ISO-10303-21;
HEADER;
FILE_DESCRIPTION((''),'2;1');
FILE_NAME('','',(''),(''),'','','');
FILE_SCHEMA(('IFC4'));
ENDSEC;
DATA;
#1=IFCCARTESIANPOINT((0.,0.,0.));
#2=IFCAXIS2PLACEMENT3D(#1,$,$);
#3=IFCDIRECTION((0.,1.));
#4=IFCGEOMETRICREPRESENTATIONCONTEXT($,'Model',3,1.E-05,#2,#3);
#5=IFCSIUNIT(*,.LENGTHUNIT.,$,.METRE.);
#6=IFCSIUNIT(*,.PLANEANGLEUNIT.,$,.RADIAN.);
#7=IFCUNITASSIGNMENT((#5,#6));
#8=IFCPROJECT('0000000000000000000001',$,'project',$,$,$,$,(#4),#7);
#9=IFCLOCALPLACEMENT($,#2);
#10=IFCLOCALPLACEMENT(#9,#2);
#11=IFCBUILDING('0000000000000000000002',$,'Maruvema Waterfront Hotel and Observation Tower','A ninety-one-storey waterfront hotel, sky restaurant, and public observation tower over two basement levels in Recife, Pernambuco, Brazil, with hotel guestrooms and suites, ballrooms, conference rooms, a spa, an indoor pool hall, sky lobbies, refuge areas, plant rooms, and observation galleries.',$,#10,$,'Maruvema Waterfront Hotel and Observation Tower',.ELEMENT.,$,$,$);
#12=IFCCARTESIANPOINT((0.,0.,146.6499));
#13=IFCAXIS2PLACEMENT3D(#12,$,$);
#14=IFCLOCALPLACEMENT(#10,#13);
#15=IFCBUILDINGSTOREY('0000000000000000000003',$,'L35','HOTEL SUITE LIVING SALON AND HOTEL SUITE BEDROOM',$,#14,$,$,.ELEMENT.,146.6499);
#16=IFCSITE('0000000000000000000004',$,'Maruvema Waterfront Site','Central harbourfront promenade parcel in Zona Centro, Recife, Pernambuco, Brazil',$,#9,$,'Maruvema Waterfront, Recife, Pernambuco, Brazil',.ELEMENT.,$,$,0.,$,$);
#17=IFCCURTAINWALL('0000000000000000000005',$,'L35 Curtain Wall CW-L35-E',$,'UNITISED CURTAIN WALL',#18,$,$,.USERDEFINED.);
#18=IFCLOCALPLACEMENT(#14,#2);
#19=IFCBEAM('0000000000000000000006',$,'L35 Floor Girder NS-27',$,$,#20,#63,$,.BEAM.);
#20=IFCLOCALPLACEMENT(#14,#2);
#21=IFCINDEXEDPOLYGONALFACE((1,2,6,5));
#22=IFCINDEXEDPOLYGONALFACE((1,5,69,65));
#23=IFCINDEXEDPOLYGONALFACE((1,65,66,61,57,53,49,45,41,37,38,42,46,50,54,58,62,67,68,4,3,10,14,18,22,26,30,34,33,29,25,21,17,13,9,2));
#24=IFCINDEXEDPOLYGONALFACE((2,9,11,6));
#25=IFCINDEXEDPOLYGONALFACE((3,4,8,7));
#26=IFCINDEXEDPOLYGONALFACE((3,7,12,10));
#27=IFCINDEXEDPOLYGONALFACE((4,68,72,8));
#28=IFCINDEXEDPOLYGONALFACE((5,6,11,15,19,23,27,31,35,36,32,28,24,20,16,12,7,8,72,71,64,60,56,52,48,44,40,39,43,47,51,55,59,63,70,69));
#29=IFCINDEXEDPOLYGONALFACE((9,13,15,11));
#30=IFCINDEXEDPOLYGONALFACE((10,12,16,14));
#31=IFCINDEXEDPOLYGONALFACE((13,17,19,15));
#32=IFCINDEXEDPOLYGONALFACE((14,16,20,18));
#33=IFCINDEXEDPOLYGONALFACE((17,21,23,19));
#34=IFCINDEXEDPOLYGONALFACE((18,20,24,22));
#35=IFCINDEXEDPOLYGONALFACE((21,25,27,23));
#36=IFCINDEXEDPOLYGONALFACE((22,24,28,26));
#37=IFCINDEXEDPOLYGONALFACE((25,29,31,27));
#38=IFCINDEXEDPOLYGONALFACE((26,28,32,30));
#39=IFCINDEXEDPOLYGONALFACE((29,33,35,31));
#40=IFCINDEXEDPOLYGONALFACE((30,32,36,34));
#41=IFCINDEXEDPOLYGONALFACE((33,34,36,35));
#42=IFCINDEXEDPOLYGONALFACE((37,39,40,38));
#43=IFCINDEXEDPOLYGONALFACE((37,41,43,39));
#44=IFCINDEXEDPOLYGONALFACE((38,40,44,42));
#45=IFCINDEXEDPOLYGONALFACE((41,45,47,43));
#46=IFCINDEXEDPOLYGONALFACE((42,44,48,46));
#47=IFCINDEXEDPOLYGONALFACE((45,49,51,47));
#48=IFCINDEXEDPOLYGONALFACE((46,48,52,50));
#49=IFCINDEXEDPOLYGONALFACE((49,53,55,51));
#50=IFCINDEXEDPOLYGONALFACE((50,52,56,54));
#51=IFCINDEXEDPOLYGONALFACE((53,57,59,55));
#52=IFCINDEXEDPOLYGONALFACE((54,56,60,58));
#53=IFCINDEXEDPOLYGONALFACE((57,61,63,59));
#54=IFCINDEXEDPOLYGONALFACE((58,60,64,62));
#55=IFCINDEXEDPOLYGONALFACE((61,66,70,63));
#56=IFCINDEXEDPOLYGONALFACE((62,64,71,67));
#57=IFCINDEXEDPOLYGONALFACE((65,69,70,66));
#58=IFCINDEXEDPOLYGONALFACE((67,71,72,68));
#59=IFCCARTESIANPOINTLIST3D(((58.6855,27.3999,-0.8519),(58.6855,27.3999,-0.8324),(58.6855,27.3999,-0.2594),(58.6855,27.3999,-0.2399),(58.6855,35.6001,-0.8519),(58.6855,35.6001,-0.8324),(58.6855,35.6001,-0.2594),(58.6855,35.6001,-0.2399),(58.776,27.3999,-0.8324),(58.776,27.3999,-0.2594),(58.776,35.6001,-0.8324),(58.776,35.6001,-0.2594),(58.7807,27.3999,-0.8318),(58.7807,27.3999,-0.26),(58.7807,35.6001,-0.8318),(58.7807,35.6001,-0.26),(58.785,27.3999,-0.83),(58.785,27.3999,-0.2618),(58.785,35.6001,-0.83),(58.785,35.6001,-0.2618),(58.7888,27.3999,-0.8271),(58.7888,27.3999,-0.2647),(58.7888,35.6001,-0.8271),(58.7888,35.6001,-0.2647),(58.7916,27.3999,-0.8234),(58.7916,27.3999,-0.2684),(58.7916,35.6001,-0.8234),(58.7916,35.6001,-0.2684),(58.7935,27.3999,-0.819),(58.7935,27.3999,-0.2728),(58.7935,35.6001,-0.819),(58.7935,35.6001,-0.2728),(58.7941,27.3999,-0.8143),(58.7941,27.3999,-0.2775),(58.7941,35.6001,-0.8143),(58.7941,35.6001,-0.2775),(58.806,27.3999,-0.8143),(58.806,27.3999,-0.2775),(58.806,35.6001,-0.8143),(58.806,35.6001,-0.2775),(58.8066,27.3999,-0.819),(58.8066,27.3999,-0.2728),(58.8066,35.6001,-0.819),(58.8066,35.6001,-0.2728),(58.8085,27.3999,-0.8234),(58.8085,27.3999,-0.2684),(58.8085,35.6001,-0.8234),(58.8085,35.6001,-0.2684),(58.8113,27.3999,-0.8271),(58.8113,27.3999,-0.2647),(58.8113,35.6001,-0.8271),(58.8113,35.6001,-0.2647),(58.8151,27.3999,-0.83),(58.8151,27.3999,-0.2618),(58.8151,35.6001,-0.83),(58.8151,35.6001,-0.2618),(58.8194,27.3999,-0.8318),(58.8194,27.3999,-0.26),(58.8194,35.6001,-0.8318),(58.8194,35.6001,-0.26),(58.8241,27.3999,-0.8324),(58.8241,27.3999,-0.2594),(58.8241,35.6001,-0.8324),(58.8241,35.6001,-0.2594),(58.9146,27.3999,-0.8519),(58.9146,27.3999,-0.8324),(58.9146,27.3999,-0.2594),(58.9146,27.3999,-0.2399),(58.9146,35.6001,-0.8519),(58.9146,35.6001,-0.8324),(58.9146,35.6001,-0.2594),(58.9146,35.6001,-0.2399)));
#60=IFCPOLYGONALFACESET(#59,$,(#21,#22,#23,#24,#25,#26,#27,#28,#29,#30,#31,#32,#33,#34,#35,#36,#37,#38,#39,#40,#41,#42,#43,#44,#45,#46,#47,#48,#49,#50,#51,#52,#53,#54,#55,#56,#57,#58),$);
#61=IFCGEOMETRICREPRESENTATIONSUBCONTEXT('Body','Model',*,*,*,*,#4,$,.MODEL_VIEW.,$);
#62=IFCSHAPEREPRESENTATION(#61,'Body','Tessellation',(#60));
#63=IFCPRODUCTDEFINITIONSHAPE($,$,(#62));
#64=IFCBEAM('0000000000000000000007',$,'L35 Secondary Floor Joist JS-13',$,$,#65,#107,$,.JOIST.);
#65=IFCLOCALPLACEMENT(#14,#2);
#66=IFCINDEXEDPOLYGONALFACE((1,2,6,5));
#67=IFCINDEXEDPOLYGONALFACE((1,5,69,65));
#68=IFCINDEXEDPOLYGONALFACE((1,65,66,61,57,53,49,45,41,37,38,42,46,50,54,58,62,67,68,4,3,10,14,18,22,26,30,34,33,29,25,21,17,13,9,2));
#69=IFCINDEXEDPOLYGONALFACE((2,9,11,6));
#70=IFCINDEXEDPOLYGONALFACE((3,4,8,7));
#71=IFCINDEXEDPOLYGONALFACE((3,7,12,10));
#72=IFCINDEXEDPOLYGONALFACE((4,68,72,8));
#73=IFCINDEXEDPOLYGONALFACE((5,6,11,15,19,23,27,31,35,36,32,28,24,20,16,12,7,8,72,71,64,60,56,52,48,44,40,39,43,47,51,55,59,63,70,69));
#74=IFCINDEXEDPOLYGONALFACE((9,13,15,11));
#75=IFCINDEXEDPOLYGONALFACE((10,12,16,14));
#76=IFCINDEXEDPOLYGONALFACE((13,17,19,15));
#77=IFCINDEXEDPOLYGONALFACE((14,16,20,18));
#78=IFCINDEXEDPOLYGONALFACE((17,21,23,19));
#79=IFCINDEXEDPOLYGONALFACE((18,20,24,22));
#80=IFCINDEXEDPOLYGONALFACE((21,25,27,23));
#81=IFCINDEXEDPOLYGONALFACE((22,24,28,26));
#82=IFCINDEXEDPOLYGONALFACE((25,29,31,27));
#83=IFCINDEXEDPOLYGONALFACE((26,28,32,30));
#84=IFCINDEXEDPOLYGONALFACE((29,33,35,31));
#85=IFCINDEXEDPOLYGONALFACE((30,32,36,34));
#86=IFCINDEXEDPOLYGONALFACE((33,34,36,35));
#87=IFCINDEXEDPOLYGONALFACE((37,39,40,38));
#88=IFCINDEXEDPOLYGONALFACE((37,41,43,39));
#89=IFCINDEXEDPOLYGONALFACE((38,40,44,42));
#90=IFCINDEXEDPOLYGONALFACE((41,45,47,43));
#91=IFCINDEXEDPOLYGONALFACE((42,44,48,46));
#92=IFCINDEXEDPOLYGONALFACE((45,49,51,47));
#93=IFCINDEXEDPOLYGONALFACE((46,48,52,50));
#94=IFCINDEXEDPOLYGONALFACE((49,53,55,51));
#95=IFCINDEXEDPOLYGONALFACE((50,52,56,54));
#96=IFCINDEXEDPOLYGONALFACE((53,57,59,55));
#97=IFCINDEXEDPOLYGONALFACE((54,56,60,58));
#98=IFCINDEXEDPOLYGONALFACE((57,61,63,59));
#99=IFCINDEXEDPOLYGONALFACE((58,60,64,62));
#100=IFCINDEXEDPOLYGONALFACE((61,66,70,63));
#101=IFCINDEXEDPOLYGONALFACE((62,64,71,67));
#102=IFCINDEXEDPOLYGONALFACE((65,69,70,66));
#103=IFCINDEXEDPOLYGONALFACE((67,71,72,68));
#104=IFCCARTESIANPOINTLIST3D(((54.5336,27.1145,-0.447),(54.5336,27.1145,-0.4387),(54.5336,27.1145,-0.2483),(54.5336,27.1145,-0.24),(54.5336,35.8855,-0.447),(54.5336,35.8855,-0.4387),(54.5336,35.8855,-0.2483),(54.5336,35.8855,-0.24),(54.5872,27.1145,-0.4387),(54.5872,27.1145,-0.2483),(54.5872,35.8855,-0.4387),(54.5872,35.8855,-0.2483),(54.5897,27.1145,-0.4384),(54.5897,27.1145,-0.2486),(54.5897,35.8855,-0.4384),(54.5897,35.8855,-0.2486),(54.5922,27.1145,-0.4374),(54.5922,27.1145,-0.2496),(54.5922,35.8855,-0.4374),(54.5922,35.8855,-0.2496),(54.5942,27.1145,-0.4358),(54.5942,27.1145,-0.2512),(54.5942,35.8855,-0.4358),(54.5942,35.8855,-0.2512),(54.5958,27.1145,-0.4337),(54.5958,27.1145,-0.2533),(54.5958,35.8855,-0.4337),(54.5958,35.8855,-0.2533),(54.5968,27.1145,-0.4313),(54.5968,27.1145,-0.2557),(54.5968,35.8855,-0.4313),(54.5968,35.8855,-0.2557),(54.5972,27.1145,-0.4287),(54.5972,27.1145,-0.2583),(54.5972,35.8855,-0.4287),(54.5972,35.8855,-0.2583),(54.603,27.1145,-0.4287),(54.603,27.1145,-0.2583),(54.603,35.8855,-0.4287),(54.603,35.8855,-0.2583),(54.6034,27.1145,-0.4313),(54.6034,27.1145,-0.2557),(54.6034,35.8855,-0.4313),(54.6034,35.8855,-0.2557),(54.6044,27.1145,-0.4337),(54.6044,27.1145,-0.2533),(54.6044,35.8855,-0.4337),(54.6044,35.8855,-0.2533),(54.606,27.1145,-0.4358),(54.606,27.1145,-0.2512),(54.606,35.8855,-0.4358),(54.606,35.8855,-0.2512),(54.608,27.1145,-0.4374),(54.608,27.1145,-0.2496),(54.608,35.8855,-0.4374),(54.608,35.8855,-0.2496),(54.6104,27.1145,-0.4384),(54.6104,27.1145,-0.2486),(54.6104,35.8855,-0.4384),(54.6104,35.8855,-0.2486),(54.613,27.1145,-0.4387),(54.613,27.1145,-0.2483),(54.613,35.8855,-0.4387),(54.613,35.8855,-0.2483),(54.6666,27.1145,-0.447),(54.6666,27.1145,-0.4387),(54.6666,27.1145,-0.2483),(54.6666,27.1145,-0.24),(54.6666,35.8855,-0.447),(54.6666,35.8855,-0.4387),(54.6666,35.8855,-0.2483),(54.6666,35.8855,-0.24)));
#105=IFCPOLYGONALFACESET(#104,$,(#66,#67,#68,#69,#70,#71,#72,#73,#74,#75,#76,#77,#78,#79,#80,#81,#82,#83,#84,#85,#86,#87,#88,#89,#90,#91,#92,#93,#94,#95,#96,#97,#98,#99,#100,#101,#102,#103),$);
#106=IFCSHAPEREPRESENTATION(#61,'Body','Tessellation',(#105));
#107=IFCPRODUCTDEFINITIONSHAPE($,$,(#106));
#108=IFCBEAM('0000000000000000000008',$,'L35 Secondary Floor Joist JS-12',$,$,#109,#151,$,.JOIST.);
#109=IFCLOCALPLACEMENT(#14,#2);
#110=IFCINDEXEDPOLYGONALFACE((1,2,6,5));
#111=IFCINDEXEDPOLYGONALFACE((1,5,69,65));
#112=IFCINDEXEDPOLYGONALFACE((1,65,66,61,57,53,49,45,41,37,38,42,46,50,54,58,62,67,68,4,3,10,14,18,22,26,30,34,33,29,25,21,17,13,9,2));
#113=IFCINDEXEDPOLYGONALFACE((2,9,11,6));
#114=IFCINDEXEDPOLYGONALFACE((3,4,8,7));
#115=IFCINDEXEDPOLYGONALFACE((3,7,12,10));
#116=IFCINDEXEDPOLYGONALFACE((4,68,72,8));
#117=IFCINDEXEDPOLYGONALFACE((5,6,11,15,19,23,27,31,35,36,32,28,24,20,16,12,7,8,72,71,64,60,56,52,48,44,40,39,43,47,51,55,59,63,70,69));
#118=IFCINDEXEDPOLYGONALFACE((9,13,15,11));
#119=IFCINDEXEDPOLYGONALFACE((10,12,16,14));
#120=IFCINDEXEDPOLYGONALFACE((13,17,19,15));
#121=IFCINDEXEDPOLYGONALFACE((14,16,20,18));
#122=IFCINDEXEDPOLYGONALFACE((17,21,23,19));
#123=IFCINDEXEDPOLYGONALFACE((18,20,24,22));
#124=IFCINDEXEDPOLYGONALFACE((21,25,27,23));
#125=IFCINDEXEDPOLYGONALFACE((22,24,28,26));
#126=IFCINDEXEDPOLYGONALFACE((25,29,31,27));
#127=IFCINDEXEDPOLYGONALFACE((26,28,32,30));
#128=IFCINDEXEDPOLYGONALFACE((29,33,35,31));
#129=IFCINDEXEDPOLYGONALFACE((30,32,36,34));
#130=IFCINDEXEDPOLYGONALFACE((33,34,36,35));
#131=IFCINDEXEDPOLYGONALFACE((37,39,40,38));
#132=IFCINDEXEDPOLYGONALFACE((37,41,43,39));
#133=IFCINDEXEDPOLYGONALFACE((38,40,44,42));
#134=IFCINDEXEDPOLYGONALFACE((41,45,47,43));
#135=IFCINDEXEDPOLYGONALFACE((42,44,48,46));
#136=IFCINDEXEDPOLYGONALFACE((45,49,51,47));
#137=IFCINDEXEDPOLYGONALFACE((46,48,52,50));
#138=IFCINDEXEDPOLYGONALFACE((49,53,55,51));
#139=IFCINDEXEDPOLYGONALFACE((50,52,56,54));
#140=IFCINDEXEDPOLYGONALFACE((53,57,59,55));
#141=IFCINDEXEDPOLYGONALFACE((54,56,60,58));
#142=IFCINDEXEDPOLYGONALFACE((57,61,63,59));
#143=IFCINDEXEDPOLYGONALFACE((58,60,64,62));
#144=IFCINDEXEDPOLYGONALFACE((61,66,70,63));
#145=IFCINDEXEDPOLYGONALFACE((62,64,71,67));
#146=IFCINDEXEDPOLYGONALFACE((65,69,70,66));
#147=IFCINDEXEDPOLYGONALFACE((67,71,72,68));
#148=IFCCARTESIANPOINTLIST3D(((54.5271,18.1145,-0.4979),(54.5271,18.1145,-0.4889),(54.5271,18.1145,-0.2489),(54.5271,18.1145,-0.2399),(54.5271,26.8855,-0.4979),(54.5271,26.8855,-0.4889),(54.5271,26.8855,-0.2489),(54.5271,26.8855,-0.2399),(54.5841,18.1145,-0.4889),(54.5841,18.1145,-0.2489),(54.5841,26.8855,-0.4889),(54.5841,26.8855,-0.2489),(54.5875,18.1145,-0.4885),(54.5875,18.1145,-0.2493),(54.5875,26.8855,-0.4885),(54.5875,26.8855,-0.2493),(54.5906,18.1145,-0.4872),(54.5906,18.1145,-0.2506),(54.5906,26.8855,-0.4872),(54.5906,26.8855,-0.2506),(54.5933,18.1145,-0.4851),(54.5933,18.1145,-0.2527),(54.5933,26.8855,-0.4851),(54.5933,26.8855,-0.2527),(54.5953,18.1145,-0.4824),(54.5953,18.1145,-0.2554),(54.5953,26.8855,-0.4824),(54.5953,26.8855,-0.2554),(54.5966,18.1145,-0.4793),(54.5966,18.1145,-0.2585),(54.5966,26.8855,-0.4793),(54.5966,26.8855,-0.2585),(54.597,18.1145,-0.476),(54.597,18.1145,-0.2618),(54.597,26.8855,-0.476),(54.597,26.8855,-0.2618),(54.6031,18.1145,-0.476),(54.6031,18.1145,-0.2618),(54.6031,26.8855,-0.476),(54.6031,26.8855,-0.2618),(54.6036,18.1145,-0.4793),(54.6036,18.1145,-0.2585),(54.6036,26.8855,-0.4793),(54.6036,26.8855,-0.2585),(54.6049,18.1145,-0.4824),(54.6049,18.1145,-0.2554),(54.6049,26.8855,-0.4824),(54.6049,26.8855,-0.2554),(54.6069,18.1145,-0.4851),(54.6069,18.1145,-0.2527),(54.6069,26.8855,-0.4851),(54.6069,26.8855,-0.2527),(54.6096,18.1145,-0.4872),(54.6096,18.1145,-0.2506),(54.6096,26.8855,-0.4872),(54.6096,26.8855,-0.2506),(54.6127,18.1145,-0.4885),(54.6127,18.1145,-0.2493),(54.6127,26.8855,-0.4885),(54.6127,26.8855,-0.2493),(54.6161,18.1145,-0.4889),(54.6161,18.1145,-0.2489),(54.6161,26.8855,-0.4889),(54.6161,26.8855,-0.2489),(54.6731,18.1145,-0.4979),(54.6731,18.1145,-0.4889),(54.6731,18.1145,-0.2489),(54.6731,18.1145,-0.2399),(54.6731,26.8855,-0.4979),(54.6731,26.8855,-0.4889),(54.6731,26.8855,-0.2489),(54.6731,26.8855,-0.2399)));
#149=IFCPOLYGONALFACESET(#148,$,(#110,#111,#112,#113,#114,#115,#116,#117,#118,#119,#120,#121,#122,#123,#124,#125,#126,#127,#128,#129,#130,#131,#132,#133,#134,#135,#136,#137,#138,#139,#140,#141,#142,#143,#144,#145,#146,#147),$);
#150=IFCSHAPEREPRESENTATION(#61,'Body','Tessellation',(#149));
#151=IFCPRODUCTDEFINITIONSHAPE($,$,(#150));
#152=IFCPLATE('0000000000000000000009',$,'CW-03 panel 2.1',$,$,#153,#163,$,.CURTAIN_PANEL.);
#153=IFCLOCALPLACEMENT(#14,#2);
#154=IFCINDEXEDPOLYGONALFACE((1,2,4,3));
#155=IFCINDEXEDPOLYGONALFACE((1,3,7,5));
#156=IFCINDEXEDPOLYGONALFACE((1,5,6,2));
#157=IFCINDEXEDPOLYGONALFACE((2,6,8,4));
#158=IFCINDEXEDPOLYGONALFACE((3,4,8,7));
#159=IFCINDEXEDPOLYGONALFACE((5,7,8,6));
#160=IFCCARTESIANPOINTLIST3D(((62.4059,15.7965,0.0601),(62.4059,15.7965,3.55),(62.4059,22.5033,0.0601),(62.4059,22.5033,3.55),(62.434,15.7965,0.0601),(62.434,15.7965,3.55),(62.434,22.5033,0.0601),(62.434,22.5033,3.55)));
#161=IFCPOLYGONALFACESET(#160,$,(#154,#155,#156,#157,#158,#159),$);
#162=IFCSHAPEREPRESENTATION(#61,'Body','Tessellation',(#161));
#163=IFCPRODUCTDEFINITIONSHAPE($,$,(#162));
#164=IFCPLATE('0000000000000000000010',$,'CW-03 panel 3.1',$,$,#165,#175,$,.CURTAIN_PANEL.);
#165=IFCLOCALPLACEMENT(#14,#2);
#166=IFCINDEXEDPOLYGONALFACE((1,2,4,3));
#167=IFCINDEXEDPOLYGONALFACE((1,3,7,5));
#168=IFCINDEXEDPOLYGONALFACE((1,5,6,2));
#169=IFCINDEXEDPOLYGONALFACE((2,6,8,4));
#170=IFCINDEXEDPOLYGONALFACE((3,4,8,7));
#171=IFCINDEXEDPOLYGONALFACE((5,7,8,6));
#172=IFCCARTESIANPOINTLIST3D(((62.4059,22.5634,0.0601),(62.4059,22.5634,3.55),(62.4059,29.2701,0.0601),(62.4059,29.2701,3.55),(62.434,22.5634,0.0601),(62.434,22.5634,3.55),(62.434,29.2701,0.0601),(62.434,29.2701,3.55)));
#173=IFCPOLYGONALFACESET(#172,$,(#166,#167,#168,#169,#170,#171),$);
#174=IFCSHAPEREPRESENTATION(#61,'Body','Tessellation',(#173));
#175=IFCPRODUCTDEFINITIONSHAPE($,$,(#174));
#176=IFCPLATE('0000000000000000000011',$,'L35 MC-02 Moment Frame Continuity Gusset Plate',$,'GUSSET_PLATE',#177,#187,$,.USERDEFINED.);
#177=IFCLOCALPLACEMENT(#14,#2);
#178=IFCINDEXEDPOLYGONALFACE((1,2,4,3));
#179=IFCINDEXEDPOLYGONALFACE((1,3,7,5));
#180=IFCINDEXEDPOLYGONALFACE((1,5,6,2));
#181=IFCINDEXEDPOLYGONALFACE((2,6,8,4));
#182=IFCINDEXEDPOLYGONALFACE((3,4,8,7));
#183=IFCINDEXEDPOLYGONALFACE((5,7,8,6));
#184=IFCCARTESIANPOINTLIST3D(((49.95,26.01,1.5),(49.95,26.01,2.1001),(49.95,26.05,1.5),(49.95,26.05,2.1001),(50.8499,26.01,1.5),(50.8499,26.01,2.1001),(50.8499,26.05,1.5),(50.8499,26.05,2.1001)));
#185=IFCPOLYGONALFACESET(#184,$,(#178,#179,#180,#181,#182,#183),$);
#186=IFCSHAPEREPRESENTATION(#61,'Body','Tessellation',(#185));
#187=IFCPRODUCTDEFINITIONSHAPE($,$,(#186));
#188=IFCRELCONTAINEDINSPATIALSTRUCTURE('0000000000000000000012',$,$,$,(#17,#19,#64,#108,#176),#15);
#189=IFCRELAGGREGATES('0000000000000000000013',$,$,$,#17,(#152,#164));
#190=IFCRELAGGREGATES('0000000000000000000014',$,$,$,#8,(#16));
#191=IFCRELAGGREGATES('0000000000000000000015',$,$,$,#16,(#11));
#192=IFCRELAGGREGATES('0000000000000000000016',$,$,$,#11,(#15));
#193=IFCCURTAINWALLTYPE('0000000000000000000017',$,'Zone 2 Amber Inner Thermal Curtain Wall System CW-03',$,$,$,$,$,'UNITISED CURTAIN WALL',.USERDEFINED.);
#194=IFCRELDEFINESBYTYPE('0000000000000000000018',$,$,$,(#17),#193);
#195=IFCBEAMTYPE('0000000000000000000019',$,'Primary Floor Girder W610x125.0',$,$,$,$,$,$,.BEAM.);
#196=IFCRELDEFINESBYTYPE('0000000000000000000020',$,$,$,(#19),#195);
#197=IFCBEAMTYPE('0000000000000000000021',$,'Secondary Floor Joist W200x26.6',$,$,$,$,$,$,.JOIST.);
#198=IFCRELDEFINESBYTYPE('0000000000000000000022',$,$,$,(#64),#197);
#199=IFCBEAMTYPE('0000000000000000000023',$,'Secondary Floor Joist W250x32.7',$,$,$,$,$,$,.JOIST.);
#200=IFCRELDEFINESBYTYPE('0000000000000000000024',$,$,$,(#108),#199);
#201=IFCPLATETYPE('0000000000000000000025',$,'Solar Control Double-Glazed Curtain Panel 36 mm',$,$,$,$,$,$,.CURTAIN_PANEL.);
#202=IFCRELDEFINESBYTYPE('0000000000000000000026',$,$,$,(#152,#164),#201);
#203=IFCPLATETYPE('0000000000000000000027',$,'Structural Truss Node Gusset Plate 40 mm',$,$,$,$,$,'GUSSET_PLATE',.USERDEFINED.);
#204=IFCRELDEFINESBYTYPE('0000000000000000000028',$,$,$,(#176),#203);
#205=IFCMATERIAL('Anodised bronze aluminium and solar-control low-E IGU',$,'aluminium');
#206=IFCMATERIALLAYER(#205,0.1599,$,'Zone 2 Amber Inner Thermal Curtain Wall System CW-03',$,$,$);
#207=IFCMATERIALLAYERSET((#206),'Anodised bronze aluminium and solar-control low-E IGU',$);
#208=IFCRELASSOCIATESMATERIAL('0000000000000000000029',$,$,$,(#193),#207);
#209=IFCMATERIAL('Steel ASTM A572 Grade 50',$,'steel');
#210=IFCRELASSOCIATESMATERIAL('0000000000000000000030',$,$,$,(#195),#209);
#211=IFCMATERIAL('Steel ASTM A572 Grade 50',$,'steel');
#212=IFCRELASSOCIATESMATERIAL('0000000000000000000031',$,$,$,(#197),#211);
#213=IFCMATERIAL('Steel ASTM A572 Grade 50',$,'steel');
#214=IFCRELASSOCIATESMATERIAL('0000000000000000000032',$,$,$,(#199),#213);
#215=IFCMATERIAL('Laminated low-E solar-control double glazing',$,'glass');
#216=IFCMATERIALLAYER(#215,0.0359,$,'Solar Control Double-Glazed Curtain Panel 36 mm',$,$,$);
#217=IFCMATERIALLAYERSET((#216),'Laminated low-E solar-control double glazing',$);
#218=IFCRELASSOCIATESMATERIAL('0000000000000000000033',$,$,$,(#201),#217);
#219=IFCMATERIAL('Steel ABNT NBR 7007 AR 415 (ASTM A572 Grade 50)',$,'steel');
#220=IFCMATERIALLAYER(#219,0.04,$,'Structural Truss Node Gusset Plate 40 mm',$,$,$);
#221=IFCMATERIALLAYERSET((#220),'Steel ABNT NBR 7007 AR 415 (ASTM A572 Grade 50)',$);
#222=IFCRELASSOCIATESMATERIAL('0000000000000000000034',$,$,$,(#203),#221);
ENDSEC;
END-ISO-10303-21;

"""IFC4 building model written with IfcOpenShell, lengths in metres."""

from ifc_helpers import new_model, si_unit, direction, frame, origin, origin_2d, place, context, subcontext, project, spatial, rectangle, i_section, extrude, material, layer, layer_set, material_profile, profile_set, type_object, element, aggregate, save


model = new_model("IFC4")

# Units and contexts
model_context = context("Model", 3, precision=1e-05, world=origin(), true_north=direction((0.0, 1.0)))
body_context = subcontext(model_context, "Body", "Model", "MODEL_VIEW")
ifc_project = project(units=[si_unit("LENGTHUNIT", "METRE"), si_unit("PLANEANGLEUNIT", "RADIAN")], contexts=[model_context])

# Site, building, storey
site_placement = place(None, origin())
site = spatial("IfcSite", under=ifc_project, at=site_placement, Name="Maruvema Waterfront Site", Description="Central harbourfront promenade parcel in Zona Centro, Recife, Pernambuco, Brazil", LongName="Maruvema Waterfront, Recife, Pernambuco, Brazil", CompositionType="ELEMENT", RefElevation=0.0)
building_placement = place(site_placement, origin())
building = spatial("IfcBuilding", under=site, at=building_placement, Name="Maruvema Waterfront Hotel and Observation Tower", Description="A ninety-one-storey waterfront hotel, sky restaurant, and public observation tower over two basement levels in Recife, Pernambuco, Brazil, with hotel guestrooms and suites, ballrooms, conference rooms, a spa, an indoor pool hall, sky lobbies, refuge areas, plant rooms, and observation galleries.", LongName="Maruvema Waterfront Hotel and Observation Tower", CompositionType="ELEMENT")
storey_placement = place(building_placement, frame((0.0, 0.0, 146.6499)))
storey = spatial("IfcBuildingStorey", under=building, at=storey_placement, Name="L35", Description="HOTEL SUITE LIVING SALON AND HOTEL SUITE BEDROOM", CompositionType="ELEMENT", Elevation=146.6499)

# Curtain wall
ifc_material_1 = material(Name="Anodised bronze aluminium and solar-control low-E IGU", Category="aluminium")
ifc_layer_1 = layer(ifc_material_1, 0.1599, Name="Zone 2 Amber Inner Thermal Curtain Wall System CW-03")
ifc_layer_set_1 = layer_set([ifc_layer_1], Name="Anodised bronze aluminium and solar-control low-E IGU")
curtain_wall_type = type_object("IfcCurtainWallType", Name="Zone 2 Amber Inner Thermal Curtain Wall System CW-03", ElementType="UNITISED CURTAIN WALL", PredefinedType="USERDEFINED", material=ifc_layer_set_1)
curtain_wall_placement = place(storey_placement, origin())
curtain_wall = element("IfcCurtainWall", 1, at=curtain_wall_placement, inside=storey, type_object=curtain_wall_type, Name="L35 Curtain Wall CW-L35-E", ObjectType="UNITISED CURTAIN WALL", PredefinedType="USERDEFINED")

# Beams
ifc_material_2 = material(Name="Steel ASTM A572 Grade 50", Category="steel")
ifc_material_profile_1 = material_profile(ifc_material_2, i_section(OverallWidth=0.229, OverallDepth=0.6121, WebThickness=0.012, FlangeThickness=0.0195, FilletRadius=0.0181, at=origin_2d()), Name="W610x125.0")
ifc_profile_set_1 = profile_set([ifc_material_profile_1], Name="Steel ASTM A572 Grade 50")
beam_type_1 = type_object("IfcBeamType", Name="Primary Floor Girder W610x125.0", PredefinedType="BEAM", material=ifc_profile_set_1)
for number, where, z_axis, x_axis, name in (
    (2, (58.8, 27.3999, -0.5459), (0.0, 1.0, 0.0), (-1.0, 0.0, 0.0), "L35 Floor Girder NS-27"),
):
    element("IfcBeam", number, at=place(storey_placement, frame(where, z_axis=z_axis, x_axis=x_axis)), inside=storey, type_object=beam_type_1, Name=name, PredefinedType="BEAM", context=body_context, shape_type="SweptSolid", body=[
        extrude(i_section(OverallWidth=0.229, OverallDepth=0.6121, WebThickness=0.012, FlangeThickness=0.0195, FilletRadius=0.0181, at=origin_2d()), origin(), (0.0, 0.0, 1.0), 8.2002),
    ])
ifc_material_3 = material(Name="Steel ASTM A572 Grade 50", Category="steel")
ifc_material_profile_2 = material_profile(ifc_material_3, i_section(OverallWidth=0.1331, OverallDepth=0.207, WebThickness=0.0059, FlangeThickness=0.0083, FilletRadius=0.01, at=origin_2d()), Name="W200x26.6")
ifc_profile_set_2 = profile_set([ifc_material_profile_2], Name="Steel ASTM A572 Grade 50")
beam_type_2 = type_object("IfcBeamType", Name="Secondary Floor Joist W200x26.6", PredefinedType="JOIST", material=ifc_profile_set_2)
beam_1_placement = place(storey_placement, frame((54.6001, 27.1145, -0.3435), z_axis=(0.0, 1.0, 0.0), x_axis=(-1.0, 0.0, 0.0)))
element("IfcBeam", 3, at=beam_1_placement, inside=storey, type_object=beam_type_2, Name="L35 Secondary Floor Joist JS-13", PredefinedType="JOIST", context=body_context, shape_type="SweptSolid", body=[
    extrude(i_section(OverallWidth=0.1331, OverallDepth=0.207, WebThickness=0.0059, FlangeThickness=0.0083, FilletRadius=0.01, at=origin_2d()), origin(), (0.0, 0.0, 1.0), 8.771),
])
ifc_material_4 = material(Name="Steel ASTM A572 Grade 50", Category="steel")
ifc_material_profile_3 = material_profile(ifc_material_4, i_section(OverallWidth=0.146, OverallDepth=0.2581, WebThickness=0.0061, FlangeThickness=0.009, FilletRadius=0.0129, at=origin_2d()), Name="W250x32.7")
ifc_profile_set_3 = profile_set([ifc_material_profile_3], Name="Steel ASTM A572 Grade 50")
beam_type_3 = type_object("IfcBeamType", Name="Secondary Floor Joist W250x32.7", PredefinedType="JOIST", material=ifc_profile_set_3)
beam_2_placement = place(storey_placement, frame((54.6001, 18.1145, -0.3689), z_axis=(0.0, 1.0, 0.0), x_axis=(-1.0, 0.0, 0.0)))
element("IfcBeam", 4, at=beam_2_placement, inside=storey, type_object=beam_type_3, Name="L35 Secondary Floor Joist JS-12", PredefinedType="JOIST", context=body_context, shape_type="SweptSolid", body=[
    extrude(i_section(OverallWidth=0.146, OverallDepth=0.2581, WebThickness=0.0061, FlangeThickness=0.009, FilletRadius=0.0129, at=origin_2d()), origin(), (0.0, 0.0, 1.0), 8.771),
])

# Plates
ifc_material_5 = material(Name="Laminated low-E solar-control double glazing", Category="glass")
ifc_layer_2 = layer(ifc_material_5, 0.0359, Name="Solar Control Double-Glazed Curtain Panel 36 mm")
ifc_layer_set_2 = layer_set([ifc_layer_2], Name="Laminated low-E solar-control double glazing")
plate_type_1 = type_object("IfcPlateType", Name="Solar Control Double-Glazed Curtain Panel 36 mm", PredefinedType="CURTAIN_PANEL", material=ifc_layer_set_2)
plate_1_placement = place(storey_placement, frame((62.4199, 19.1499, 0.0601), z_axis=(0.0, 0.0, 1.0), x_axis=(0.0, 1.0, 0.0)))
plate_1 = element("IfcPlate", 5, at=plate_1_placement, type_object=plate_type_1, Name="CW-03 panel 2.1", PredefinedType="CURTAIN_PANEL", context=body_context, shape_type="SweptSolid", body=[
    extrude(rectangle(XDim=6.7068, YDim=0.0281, at=origin_2d()), origin(), (0.0, 0.0, 1.0), 3.49),
])
plate_2_placement = place(storey_placement, frame((62.4199, 25.9167, 0.0601), z_axis=(0.0, 0.0, 1.0), x_axis=(0.0, 1.0, 0.0)))
plate_2 = element("IfcPlate", 6, at=plate_2_placement, type_object=plate_type_1, Name="CW-03 panel 3.1", PredefinedType="CURTAIN_PANEL", context=body_context, shape_type="SweptSolid", body=[
    extrude(rectangle(XDim=6.7068, YDim=0.0281, at=origin_2d()), origin(), (0.0, 0.0, 1.0), 3.49),
])
aggregate(curtain_wall, [plate_1, plate_2])
ifc_material_6 = material(Name="Steel ABNT NBR 7007 AR 415 (ASTM A572 Grade 50)", Category="steel")
ifc_layer_3 = layer(ifc_material_6, 0.04, Name="Structural Truss Node Gusset Plate 40 mm")
ifc_layer_set_3 = layer_set([ifc_layer_3], Name="Steel ABNT NBR 7007 AR 415 (ASTM A572 Grade 50)")
plate_type_2 = type_object("IfcPlateType", Name="Structural Truss Node Gusset Plate 40 mm", ElementType="GUSSET_PLATE", PredefinedType="USERDEFINED", material=ifc_layer_set_3)
plate_3_placement = place(storey_placement, frame((50.3999, 26.03, 1.5), z_axis=(0.0, 0.0, 1.0), x_axis=(1.0, 0.0, 0.0)))
element("IfcPlate", 7, at=plate_3_placement, inside=storey, type_object=plate_type_2, Name="L35 MC-02 Moment Frame Continuity Gusset Plate", ObjectType="GUSSET_PLATE", PredefinedType="USERDEFINED", context=body_context, shape_type="SweptSolid", body=[
    extrude(rectangle(XDim=0.8999, YDim=0.04, at=origin_2d()), origin(), (0.0, 0.0, 1.0), 0.6001),
])

save(model, "model.ifc")
